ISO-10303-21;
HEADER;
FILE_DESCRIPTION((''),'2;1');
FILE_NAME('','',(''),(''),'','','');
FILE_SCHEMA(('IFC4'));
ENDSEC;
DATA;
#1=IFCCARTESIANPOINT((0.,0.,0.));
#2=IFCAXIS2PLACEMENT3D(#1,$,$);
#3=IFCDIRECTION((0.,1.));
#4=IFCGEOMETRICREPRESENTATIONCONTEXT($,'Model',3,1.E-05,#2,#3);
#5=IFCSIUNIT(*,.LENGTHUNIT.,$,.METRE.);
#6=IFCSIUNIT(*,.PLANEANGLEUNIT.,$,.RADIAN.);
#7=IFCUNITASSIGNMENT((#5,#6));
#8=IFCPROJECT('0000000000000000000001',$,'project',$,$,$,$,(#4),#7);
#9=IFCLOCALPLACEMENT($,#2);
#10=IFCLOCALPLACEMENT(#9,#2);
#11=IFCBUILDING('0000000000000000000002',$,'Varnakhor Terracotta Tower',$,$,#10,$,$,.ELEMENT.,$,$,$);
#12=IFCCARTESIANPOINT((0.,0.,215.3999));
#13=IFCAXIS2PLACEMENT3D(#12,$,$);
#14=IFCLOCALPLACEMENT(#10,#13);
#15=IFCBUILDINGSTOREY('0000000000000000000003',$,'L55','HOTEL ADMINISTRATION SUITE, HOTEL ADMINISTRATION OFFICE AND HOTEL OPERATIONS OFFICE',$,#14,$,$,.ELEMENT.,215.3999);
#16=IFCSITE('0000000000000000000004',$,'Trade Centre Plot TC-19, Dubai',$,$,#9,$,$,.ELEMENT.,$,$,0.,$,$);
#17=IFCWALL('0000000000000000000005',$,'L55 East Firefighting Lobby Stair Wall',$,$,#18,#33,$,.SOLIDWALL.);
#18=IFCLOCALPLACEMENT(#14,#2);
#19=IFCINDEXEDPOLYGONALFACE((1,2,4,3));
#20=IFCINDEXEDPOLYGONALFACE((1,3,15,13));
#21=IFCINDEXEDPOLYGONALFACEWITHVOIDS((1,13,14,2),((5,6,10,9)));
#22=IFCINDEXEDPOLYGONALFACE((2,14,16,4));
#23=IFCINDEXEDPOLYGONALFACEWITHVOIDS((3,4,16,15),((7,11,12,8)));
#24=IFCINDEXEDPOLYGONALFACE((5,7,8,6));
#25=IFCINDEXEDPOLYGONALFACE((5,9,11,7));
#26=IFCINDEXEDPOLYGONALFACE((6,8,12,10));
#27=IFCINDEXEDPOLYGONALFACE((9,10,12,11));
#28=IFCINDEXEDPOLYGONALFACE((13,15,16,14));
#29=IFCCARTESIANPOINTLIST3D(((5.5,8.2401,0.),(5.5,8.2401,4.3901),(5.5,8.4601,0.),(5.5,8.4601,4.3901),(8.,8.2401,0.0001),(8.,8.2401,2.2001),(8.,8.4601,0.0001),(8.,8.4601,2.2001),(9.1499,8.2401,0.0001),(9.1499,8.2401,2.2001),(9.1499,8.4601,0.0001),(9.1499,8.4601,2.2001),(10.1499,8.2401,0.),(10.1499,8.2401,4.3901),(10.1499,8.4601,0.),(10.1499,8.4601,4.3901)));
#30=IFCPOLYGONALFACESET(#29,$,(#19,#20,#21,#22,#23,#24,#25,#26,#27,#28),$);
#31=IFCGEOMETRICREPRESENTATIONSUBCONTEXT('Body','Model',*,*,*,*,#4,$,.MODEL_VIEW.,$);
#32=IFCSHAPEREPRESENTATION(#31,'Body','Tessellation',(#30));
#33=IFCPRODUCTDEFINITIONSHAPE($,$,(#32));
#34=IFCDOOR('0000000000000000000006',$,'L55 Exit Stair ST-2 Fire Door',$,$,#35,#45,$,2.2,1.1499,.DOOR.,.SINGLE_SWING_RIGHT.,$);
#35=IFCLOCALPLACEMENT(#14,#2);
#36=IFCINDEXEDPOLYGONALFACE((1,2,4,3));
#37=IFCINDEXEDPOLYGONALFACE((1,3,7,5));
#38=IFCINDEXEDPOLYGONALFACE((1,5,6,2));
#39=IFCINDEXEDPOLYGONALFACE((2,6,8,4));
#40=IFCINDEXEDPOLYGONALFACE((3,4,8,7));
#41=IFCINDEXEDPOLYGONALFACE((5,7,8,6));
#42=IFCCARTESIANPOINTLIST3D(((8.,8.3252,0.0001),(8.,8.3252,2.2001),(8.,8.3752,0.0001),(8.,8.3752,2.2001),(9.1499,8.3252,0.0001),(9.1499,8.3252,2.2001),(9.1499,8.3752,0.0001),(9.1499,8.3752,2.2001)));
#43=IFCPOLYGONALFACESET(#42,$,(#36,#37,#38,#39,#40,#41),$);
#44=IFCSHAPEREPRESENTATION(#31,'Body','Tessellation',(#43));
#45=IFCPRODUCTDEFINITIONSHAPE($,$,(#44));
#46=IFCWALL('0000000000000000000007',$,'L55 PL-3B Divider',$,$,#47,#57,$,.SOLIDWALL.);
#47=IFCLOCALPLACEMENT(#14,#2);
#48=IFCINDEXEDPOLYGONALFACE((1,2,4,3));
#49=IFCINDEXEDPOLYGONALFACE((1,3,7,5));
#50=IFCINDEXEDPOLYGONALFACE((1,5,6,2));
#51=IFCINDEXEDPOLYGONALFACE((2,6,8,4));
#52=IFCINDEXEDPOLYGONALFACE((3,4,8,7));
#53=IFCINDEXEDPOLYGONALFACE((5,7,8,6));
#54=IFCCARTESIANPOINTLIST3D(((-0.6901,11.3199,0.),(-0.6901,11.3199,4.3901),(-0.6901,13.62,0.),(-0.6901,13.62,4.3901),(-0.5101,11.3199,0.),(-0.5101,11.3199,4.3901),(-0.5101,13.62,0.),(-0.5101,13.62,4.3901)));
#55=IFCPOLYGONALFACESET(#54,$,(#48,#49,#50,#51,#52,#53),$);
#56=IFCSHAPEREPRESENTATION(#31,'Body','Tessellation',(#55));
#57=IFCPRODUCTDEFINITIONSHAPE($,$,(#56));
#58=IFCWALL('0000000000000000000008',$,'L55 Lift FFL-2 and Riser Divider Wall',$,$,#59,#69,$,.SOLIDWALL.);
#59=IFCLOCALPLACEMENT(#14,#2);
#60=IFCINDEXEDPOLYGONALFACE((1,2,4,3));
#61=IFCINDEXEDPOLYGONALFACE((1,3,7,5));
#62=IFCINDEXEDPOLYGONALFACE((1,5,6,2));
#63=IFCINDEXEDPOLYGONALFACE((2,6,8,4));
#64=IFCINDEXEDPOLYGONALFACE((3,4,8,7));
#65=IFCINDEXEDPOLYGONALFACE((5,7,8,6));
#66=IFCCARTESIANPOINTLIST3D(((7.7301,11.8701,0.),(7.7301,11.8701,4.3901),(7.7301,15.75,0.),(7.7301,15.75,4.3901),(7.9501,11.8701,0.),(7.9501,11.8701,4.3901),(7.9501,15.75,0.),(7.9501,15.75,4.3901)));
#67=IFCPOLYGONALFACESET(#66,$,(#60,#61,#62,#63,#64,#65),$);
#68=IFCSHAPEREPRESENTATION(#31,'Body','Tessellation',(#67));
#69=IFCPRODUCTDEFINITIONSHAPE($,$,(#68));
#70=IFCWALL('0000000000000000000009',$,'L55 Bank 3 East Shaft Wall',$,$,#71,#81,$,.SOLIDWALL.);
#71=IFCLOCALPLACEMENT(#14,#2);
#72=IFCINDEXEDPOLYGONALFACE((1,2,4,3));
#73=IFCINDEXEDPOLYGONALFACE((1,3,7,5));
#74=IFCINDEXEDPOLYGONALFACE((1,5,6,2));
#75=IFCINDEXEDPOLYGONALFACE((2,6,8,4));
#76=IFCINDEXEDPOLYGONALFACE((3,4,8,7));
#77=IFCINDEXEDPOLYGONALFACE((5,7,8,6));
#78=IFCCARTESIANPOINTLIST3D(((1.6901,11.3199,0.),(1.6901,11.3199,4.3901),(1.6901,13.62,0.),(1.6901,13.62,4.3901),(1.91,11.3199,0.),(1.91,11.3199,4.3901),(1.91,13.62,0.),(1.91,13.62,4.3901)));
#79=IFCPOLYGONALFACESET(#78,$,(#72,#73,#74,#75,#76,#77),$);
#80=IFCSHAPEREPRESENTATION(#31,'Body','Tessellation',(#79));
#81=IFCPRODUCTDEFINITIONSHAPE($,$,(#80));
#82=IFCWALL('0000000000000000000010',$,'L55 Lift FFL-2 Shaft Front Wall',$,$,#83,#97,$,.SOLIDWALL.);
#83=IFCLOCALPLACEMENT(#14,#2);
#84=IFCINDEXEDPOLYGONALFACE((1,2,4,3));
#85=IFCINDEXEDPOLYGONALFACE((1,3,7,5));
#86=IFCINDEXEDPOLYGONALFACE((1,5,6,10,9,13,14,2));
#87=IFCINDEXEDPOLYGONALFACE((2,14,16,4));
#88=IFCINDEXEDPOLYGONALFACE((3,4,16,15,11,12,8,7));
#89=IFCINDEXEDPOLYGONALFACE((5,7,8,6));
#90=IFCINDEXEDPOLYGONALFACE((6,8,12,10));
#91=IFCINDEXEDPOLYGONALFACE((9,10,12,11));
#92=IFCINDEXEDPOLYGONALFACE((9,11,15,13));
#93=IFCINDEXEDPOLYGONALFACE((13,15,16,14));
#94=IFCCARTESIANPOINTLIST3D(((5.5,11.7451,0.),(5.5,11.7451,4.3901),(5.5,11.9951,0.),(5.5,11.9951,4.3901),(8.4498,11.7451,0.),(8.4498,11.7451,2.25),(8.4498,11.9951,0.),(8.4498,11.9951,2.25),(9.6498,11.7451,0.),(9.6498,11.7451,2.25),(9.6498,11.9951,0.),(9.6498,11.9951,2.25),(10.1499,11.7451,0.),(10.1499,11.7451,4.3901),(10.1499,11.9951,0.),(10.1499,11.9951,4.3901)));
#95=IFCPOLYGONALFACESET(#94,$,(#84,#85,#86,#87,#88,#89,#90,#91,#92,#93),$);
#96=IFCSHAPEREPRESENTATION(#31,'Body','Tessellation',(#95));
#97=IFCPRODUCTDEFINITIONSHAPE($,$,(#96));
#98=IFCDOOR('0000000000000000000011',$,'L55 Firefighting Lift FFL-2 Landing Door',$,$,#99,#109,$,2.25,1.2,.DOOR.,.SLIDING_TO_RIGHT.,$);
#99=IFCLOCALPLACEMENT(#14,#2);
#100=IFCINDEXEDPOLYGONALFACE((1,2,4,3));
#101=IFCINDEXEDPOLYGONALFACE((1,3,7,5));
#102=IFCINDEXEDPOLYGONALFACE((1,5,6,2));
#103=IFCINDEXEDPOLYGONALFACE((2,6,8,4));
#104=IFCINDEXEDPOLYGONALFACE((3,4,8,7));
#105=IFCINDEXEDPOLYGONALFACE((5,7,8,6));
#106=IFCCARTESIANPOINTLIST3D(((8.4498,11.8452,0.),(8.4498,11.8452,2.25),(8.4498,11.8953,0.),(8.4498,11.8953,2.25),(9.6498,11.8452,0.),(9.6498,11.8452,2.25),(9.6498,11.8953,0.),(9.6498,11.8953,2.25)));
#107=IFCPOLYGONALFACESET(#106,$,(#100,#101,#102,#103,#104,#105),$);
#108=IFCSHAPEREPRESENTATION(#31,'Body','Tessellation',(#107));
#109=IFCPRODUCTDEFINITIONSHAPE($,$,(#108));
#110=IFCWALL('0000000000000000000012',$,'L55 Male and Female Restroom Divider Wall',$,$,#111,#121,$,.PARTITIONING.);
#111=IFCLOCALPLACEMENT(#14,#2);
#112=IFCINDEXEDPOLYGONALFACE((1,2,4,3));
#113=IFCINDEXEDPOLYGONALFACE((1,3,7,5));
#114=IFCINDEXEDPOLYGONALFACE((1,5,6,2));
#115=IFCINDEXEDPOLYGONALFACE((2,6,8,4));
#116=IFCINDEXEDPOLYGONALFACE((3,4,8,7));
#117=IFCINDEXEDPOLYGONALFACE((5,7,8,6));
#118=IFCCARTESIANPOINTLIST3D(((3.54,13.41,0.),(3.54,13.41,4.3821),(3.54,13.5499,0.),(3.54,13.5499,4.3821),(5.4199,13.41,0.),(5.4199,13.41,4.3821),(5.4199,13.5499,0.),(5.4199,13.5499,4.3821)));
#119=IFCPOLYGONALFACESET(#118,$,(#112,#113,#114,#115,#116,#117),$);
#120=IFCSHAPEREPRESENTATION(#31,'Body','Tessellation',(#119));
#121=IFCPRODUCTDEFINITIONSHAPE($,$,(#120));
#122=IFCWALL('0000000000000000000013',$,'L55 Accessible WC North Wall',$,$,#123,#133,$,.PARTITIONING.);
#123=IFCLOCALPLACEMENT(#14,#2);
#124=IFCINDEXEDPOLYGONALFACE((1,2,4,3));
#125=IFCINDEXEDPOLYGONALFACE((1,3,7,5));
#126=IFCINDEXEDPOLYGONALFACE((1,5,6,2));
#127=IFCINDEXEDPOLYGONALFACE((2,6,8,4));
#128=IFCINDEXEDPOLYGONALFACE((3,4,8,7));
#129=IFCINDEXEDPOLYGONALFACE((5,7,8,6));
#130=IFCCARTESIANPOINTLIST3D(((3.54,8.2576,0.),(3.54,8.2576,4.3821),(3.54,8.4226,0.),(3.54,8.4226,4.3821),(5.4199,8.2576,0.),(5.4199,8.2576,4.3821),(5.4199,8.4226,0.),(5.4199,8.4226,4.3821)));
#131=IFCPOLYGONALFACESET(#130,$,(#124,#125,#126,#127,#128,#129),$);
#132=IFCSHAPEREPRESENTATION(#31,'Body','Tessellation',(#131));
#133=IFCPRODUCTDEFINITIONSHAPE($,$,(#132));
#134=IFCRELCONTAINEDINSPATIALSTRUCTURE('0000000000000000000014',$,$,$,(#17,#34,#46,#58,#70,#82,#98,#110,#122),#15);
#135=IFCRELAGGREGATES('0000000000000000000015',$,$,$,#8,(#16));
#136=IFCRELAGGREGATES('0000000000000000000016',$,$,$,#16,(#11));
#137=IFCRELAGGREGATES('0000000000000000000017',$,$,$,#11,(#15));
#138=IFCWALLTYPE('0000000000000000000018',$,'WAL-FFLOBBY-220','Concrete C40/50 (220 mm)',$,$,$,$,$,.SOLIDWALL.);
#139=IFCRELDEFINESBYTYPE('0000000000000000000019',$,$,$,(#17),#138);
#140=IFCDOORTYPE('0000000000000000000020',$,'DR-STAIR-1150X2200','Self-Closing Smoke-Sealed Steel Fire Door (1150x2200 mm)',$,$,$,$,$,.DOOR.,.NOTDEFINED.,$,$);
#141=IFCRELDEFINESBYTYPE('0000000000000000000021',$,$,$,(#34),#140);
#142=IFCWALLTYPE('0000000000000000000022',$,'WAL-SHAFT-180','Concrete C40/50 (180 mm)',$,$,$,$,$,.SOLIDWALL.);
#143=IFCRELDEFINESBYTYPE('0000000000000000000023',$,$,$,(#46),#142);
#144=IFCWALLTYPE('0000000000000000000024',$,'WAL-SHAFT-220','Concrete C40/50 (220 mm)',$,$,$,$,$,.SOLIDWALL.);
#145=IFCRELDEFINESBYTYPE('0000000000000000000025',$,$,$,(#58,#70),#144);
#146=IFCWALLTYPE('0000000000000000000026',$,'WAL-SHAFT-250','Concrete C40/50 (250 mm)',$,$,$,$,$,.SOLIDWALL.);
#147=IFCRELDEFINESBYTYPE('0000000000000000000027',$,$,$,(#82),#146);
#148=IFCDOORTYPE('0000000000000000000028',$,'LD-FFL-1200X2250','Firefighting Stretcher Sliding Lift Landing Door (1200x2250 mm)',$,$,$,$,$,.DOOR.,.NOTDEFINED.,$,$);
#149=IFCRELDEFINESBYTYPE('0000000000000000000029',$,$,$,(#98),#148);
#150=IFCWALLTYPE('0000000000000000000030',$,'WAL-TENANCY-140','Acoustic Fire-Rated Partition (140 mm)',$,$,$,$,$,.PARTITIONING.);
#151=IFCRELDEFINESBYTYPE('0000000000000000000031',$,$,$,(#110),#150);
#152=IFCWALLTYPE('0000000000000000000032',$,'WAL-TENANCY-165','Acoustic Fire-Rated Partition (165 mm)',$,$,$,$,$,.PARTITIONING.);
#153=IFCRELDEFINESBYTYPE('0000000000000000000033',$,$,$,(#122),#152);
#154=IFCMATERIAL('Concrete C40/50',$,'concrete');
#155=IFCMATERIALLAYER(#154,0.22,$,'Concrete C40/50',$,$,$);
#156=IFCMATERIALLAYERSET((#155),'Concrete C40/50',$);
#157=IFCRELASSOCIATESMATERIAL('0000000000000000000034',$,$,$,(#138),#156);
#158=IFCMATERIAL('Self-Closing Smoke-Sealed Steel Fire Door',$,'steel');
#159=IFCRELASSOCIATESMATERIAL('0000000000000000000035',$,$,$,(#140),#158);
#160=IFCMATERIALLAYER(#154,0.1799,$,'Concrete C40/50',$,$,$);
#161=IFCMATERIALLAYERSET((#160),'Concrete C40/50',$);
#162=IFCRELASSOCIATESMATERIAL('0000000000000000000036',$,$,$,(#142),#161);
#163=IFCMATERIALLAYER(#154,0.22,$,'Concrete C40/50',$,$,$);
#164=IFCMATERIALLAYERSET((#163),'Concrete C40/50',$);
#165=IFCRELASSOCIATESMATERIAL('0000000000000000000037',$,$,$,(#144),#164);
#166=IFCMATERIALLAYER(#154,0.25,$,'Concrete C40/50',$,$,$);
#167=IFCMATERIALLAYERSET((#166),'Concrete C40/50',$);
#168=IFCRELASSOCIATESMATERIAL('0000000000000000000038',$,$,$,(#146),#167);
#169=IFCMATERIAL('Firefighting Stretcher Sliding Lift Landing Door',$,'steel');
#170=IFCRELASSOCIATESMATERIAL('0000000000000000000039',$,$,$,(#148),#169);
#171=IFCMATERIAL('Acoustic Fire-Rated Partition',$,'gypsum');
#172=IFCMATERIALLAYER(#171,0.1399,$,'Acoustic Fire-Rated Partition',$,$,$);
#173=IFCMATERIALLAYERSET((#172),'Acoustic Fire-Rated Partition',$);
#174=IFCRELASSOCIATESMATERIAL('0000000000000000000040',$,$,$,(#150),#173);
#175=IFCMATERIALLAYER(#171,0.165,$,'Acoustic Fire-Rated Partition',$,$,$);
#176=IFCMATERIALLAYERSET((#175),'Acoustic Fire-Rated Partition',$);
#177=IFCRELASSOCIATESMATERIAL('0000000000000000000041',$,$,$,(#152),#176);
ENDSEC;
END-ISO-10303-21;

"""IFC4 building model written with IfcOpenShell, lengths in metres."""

from ifc_helpers import new_model, si_unit, direction, frame, frame_2d, origin, place, context, subcontext, project, spatial, rectangle, extrude, source, transform, mapped, material, layer, layer_set, type_object, type_shapes, element, fill, save


model = new_model("IFC4")

# Units and contexts
model_context = context("Model", 3, precision=1e-05, world=origin(), true_north=direction((0.0, 1.0)))
body_context = subcontext(model_context, "Body", "Model", "MODEL_VIEW")
ifc_project = project(units=[si_unit("LENGTHUNIT", "METRE"), si_unit("PLANEANGLEUNIT", "RADIAN")], contexts=[model_context])

# Site, building, storey
site_placement = place(None, origin())
site = spatial("IfcSite", under=ifc_project, at=site_placement, Name="Trade Centre Plot TC-19, Dubai", CompositionType="ELEMENT", RefElevation=0.0)
building_placement = place(site_placement, origin())
building = spatial("IfcBuilding", under=site, at=building_placement, Name="Varnakhor Terracotta Tower", CompositionType="ELEMENT")
storey_placement = place(building_placement, frame((0.0, 0.0, 215.3999)))
storey = spatial("IfcBuildingStorey", under=building, at=storey_placement, Name="L55", Description="HOTEL ADMINISTRATION SUITE, HOTEL ADMINISTRATION OFFICE AND HOTEL OPERATIONS OFFICE", CompositionType="ELEMENT", Elevation=215.3999)

# Wall, opening, door
ifc_material_1 = material(Name="Concrete C40/50", Category="concrete")
ifc_layer_1 = layer(ifc_material_1, 0.22, Name="Concrete C40/50")
ifc_layer_set_1 = layer_set([ifc_layer_1], Name="Concrete C40/50")
wall_type_1 = type_object("IfcWallType", Name="WAL-FFLOBBY-220", Description="Concrete C40/50 (220 mm)", PredefinedType="SOLIDWALL", material=ifc_layer_set_1)
wall_1_placement = place(storey_placement, frame((10.1499, 8.3501, 0.0), z_axis=(0.0, 0.0, 1.0), x_axis=(-1.0, 0.0, 0.0)))
wall_1 = element("IfcWall", 1, at=wall_1_placement, inside=storey, type_object=wall_type_1, Name="L55 East Firefighting Lobby Stair Wall", PredefinedType="SOLIDWALL", context=body_context, shape_type="SweptSolid", body=[
    extrude(rectangle(XDim=4.6499, YDim=0.22, at=frame_2d((2.325, 0.0))), origin(), (0.0, 0.0, 1.0), 4.3901),
])
opening_1_placement = place(wall_1_placement, frame((1.0, 0.0, 0.0)))
opening_1 = element("IfcOpeningElement", 2, at=opening_1_placement, cuts=wall_1, PredefinedType="OPENING", context=body_context, shape_type="SweptSolid", body=[
    extrude(rectangle(XDim=1.1499, YDim=2.2, at=frame_2d((0.575, 1.1001))), frame((0.0, 0.1201, 0.0), z_axis=(0.0, -1.0, 0.0), x_axis=(1.0, 0.0, 0.0)), (0.0, 0.0, 1.0), 0.24),
])
ifc_material_2 = material(Name="Self-Closing Smoke-Sealed Steel Fire Door", Category="steel")
door_type_1 = type_object("IfcDoorType", Name="DR-STAIR-1150X2200", Description="Self-Closing Smoke-Sealed Steel Fire Door (1150x2200 mm)", OperationType="NOTDEFINED", PredefinedType="DOOR", material=ifc_material_2)
shared_shape_1 = source(origin(), body_context, "Body", "SweptSolid", [
    extrude(rectangle(XDim=1.1499, YDim=2.2, at=frame_2d((0.575, 1.1001))), frame((0.0, 0.0249, 0.0), z_axis=(0.0, -1.0, 0.0), x_axis=(1.0, 0.0, 0.0)), (0.0, 0.0, 1.0), 0.05),
])
type_shapes(door_type_1, [shared_shape_1])
door_1_placement = place(opening_1_placement, origin())
door_1 = element("IfcDoor", 3, at=door_1_placement, inside=storey, type_object=door_type_1, Name="L55 Exit Stair ST-2 Fire Door", OperationType="SINGLE_SWING_RIGHT", OverallHeight=2.2, OverallWidth=1.1499, PredefinedType="DOOR", context=body_context, shape_type="MappedRepresentation", body=[
    mapped(shared_shape_1, transform((0.0, 0.0, 0.0), scale=1.0)),
])
fill(opening_1, door_1)

# Walls
ifc_layer_2 = layer(ifc_material_1, 0.1799, Name="Concrete C40/50")
ifc_layer_set_2 = layer_set([ifc_layer_2], Name="Concrete C40/50")
wall_type_2 = type_object("IfcWallType", Name="WAL-SHAFT-180", Description="Concrete C40/50 (180 mm)", PredefinedType="SOLIDWALL", material=ifc_layer_set_2)
wall_2_placement = place(storey_placement, frame((-0.6001, 11.3201, 0.0), z_axis=(0.0, 0.0, 1.0), x_axis=(0.0, 1.0, 0.0)))
element("IfcWall", 4, at=wall_2_placement, inside=storey, type_object=wall_type_2, Name="L55 PL-3B Divider", PredefinedType="SOLIDWALL", context=body_context, shape_type="SweptSolid", body=[
    extrude(rectangle(XDim=2.3, YDim=0.1799, at=frame_2d((1.1499, 0.0))), origin(), (0.0, 0.0, 1.0), 4.3901),
])
ifc_layer_3 = layer(ifc_material_1, 0.22, Name="Concrete C40/50")
ifc_layer_set_3 = layer_set([ifc_layer_3], Name="Concrete C40/50")
wall_type_3 = type_object("IfcWallType", Name="WAL-SHAFT-220", Description="Concrete C40/50 (220 mm)", PredefinedType="SOLIDWALL", material=ifc_layer_set_3)
wall_3_placement = place(storey_placement, frame((7.8401, 11.8701, 0.0), z_axis=(0.0, 0.0, 1.0), x_axis=(0.0, 1.0, 0.0)))
element("IfcWall", 5, at=wall_3_placement, inside=storey, type_object=wall_type_3, Name="L55 Lift FFL-2 and Riser Divider Wall", PredefinedType="SOLIDWALL", context=body_context, shape_type="SweptSolid", body=[
    extrude(rectangle(XDim=3.8799, YDim=0.22, at=frame_2d((1.9399, 0.0))), origin(), (0.0, 0.0, 1.0), 4.3901),
])
wall_4_placement = place(storey_placement, frame((1.8, 11.3201, 0.0), z_axis=(0.0, 0.0, 1.0), x_axis=(0.0, 1.0, 0.0)))
element("IfcWall", 6, at=wall_4_placement, inside=storey, type_object=wall_type_3, Name="L55 Bank 3 East Shaft Wall", PredefinedType="SOLIDWALL", context=body_context, shape_type="SweptSolid", body=[
    extrude(rectangle(XDim=2.3, YDim=0.22, at=frame_2d((1.1499, 0.0))), origin(), (0.0, 0.0, 1.0), 4.3901),
])

# Wall, opening, door
ifc_layer_4 = layer(ifc_material_1, 0.25, Name="Concrete C40/50")
ifc_layer_set_4 = layer_set([ifc_layer_4], Name="Concrete C40/50")
wall_type_4 = type_object("IfcWallType", Name="WAL-SHAFT-250", Description="Concrete C40/50 (250 mm)", PredefinedType="SOLIDWALL", material=ifc_layer_set_4)
wall_5_placement = place(storey_placement, frame((10.1499, 11.8701, 0.0), z_axis=(0.0, 0.0, 1.0), x_axis=(-1.0, 0.0, 0.0)))
wall_5 = element("IfcWall", 7, at=wall_5_placement, inside=storey, type_object=wall_type_4, Name="L55 Lift FFL-2 Shaft Front Wall", PredefinedType="SOLIDWALL", context=body_context, shape_type="SweptSolid", body=[
    extrude(rectangle(XDim=4.6499, YDim=0.25, at=frame_2d((2.325, 0.0))), origin(), (0.0, 0.0, 1.0), 4.3901),
])
opening_2_placement = place(wall_5_placement, frame((0.5, 0.0, 0.0)))
opening_2 = element("IfcOpeningElement", 8, at=opening_2_placement, cuts=wall_5, PredefinedType="OPENING", context=body_context, shape_type="SweptSolid", body=[
    extrude(rectangle(XDim=1.2, YDim=2.25, at=frame_2d((0.6001, 1.125))), frame((0.0, 0.135, 0.0), z_axis=(0.0, -1.0, 0.0), x_axis=(1.0, 0.0, 0.0)), (0.0, 0.0, 1.0), 0.27),
])
ifc_material_3 = material(Name="Firefighting Stretcher Sliding Lift Landing Door", Category="steel")
door_type_2 = type_object("IfcDoorType", Name="LD-FFL-1200X2250", Description="Firefighting Stretcher Sliding Lift Landing Door (1200x2250 mm)", OperationType="NOTDEFINED", PredefinedType="DOOR", material=ifc_material_3)
shared_shape_2 = source(origin(), body_context, "Body", "SweptSolid", [
    extrude(rectangle(XDim=1.2, YDim=2.25, at=frame_2d((0.6001, 1.125))), frame((0.0, 0.0249, 0.0), z_axis=(0.0, -1.0, 0.0), x_axis=(1.0, 0.0, 0.0)), (0.0, 0.0, 1.0), 0.05),
])
type_shapes(door_type_2, [shared_shape_2])
door_2_placement = place(opening_2_placement, origin())
door_2 = element("IfcDoor", 9, at=door_2_placement, inside=storey, type_object=door_type_2, Name="L55 Firefighting Lift FFL-2 Landing Door", OperationType="SLIDING_TO_RIGHT", OverallHeight=2.25, OverallWidth=1.2, PredefinedType="DOOR", context=body_context, shape_type="MappedRepresentation", body=[
    mapped(shared_shape_2, transform((0.0, 0.0, 0.0), scale=1.0)),
])
fill(opening_2, door_2)

# Walls
ifc_material_4 = material(Name="Acoustic Fire-Rated Partition", Category="gypsum")
ifc_layer_5 = layer(ifc_material_4, 0.1399, Name="Acoustic Fire-Rated Partition")
ifc_layer_set_5 = layer_set([ifc_layer_5], Name="Acoustic Fire-Rated Partition")
wall_type_5 = type_object("IfcWallType", Name="WAL-TENANCY-140", Description="Acoustic Fire-Rated Partition (140 mm)", PredefinedType="PARTITIONING", material=ifc_layer_set_5)
wall_6_placement = place(storey_placement, frame((3.54, 13.48, 0.0), z_axis=(0.0, 0.0, 1.0), x_axis=(1.0, 0.0, 0.0)))
element("IfcWall", 10, at=wall_6_placement, inside=storey, type_object=wall_type_5, Name="L55 Male and Female Restroom Divider Wall", PredefinedType="PARTITIONING", context=body_context, shape_type="SweptSolid", body=[
    extrude(rectangle(XDim=1.8799, YDim=0.1399, at=frame_2d((0.9399, 0.0))), origin(), (0.0, 0.0, 1.0), 4.3821),
])
ifc_layer_6 = layer(ifc_material_4, 0.165, Name="Acoustic Fire-Rated Partition")
ifc_layer_set_6 = layer_set([ifc_layer_6], Name="Acoustic Fire-Rated Partition")
wall_type_6 = type_object("IfcWallType", Name="WAL-TENANCY-165", Description="Acoustic Fire-Rated Partition (165 mm)", PredefinedType="PARTITIONING", material=ifc_layer_set_6)
wall_7_placement = place(storey_placement, frame((3.54, 8.3401, 0.0), z_axis=(0.0, 0.0, 1.0), x_axis=(1.0, 0.0, 0.0)))
element("IfcWall", 11, at=wall_7_placement, inside=storey, type_object=wall_type_6, Name="L55 Accessible WC North Wall", PredefinedType="PARTITIONING", context=body_context, shape_type="SweptSolid", body=[
    extrude(rectangle(XDim=1.8799, YDim=0.165, at=frame_2d((0.9399, 0.0))), origin(), (0.0, 0.0, 1.0), 4.3821),
])

save(model, "model.ifc")
